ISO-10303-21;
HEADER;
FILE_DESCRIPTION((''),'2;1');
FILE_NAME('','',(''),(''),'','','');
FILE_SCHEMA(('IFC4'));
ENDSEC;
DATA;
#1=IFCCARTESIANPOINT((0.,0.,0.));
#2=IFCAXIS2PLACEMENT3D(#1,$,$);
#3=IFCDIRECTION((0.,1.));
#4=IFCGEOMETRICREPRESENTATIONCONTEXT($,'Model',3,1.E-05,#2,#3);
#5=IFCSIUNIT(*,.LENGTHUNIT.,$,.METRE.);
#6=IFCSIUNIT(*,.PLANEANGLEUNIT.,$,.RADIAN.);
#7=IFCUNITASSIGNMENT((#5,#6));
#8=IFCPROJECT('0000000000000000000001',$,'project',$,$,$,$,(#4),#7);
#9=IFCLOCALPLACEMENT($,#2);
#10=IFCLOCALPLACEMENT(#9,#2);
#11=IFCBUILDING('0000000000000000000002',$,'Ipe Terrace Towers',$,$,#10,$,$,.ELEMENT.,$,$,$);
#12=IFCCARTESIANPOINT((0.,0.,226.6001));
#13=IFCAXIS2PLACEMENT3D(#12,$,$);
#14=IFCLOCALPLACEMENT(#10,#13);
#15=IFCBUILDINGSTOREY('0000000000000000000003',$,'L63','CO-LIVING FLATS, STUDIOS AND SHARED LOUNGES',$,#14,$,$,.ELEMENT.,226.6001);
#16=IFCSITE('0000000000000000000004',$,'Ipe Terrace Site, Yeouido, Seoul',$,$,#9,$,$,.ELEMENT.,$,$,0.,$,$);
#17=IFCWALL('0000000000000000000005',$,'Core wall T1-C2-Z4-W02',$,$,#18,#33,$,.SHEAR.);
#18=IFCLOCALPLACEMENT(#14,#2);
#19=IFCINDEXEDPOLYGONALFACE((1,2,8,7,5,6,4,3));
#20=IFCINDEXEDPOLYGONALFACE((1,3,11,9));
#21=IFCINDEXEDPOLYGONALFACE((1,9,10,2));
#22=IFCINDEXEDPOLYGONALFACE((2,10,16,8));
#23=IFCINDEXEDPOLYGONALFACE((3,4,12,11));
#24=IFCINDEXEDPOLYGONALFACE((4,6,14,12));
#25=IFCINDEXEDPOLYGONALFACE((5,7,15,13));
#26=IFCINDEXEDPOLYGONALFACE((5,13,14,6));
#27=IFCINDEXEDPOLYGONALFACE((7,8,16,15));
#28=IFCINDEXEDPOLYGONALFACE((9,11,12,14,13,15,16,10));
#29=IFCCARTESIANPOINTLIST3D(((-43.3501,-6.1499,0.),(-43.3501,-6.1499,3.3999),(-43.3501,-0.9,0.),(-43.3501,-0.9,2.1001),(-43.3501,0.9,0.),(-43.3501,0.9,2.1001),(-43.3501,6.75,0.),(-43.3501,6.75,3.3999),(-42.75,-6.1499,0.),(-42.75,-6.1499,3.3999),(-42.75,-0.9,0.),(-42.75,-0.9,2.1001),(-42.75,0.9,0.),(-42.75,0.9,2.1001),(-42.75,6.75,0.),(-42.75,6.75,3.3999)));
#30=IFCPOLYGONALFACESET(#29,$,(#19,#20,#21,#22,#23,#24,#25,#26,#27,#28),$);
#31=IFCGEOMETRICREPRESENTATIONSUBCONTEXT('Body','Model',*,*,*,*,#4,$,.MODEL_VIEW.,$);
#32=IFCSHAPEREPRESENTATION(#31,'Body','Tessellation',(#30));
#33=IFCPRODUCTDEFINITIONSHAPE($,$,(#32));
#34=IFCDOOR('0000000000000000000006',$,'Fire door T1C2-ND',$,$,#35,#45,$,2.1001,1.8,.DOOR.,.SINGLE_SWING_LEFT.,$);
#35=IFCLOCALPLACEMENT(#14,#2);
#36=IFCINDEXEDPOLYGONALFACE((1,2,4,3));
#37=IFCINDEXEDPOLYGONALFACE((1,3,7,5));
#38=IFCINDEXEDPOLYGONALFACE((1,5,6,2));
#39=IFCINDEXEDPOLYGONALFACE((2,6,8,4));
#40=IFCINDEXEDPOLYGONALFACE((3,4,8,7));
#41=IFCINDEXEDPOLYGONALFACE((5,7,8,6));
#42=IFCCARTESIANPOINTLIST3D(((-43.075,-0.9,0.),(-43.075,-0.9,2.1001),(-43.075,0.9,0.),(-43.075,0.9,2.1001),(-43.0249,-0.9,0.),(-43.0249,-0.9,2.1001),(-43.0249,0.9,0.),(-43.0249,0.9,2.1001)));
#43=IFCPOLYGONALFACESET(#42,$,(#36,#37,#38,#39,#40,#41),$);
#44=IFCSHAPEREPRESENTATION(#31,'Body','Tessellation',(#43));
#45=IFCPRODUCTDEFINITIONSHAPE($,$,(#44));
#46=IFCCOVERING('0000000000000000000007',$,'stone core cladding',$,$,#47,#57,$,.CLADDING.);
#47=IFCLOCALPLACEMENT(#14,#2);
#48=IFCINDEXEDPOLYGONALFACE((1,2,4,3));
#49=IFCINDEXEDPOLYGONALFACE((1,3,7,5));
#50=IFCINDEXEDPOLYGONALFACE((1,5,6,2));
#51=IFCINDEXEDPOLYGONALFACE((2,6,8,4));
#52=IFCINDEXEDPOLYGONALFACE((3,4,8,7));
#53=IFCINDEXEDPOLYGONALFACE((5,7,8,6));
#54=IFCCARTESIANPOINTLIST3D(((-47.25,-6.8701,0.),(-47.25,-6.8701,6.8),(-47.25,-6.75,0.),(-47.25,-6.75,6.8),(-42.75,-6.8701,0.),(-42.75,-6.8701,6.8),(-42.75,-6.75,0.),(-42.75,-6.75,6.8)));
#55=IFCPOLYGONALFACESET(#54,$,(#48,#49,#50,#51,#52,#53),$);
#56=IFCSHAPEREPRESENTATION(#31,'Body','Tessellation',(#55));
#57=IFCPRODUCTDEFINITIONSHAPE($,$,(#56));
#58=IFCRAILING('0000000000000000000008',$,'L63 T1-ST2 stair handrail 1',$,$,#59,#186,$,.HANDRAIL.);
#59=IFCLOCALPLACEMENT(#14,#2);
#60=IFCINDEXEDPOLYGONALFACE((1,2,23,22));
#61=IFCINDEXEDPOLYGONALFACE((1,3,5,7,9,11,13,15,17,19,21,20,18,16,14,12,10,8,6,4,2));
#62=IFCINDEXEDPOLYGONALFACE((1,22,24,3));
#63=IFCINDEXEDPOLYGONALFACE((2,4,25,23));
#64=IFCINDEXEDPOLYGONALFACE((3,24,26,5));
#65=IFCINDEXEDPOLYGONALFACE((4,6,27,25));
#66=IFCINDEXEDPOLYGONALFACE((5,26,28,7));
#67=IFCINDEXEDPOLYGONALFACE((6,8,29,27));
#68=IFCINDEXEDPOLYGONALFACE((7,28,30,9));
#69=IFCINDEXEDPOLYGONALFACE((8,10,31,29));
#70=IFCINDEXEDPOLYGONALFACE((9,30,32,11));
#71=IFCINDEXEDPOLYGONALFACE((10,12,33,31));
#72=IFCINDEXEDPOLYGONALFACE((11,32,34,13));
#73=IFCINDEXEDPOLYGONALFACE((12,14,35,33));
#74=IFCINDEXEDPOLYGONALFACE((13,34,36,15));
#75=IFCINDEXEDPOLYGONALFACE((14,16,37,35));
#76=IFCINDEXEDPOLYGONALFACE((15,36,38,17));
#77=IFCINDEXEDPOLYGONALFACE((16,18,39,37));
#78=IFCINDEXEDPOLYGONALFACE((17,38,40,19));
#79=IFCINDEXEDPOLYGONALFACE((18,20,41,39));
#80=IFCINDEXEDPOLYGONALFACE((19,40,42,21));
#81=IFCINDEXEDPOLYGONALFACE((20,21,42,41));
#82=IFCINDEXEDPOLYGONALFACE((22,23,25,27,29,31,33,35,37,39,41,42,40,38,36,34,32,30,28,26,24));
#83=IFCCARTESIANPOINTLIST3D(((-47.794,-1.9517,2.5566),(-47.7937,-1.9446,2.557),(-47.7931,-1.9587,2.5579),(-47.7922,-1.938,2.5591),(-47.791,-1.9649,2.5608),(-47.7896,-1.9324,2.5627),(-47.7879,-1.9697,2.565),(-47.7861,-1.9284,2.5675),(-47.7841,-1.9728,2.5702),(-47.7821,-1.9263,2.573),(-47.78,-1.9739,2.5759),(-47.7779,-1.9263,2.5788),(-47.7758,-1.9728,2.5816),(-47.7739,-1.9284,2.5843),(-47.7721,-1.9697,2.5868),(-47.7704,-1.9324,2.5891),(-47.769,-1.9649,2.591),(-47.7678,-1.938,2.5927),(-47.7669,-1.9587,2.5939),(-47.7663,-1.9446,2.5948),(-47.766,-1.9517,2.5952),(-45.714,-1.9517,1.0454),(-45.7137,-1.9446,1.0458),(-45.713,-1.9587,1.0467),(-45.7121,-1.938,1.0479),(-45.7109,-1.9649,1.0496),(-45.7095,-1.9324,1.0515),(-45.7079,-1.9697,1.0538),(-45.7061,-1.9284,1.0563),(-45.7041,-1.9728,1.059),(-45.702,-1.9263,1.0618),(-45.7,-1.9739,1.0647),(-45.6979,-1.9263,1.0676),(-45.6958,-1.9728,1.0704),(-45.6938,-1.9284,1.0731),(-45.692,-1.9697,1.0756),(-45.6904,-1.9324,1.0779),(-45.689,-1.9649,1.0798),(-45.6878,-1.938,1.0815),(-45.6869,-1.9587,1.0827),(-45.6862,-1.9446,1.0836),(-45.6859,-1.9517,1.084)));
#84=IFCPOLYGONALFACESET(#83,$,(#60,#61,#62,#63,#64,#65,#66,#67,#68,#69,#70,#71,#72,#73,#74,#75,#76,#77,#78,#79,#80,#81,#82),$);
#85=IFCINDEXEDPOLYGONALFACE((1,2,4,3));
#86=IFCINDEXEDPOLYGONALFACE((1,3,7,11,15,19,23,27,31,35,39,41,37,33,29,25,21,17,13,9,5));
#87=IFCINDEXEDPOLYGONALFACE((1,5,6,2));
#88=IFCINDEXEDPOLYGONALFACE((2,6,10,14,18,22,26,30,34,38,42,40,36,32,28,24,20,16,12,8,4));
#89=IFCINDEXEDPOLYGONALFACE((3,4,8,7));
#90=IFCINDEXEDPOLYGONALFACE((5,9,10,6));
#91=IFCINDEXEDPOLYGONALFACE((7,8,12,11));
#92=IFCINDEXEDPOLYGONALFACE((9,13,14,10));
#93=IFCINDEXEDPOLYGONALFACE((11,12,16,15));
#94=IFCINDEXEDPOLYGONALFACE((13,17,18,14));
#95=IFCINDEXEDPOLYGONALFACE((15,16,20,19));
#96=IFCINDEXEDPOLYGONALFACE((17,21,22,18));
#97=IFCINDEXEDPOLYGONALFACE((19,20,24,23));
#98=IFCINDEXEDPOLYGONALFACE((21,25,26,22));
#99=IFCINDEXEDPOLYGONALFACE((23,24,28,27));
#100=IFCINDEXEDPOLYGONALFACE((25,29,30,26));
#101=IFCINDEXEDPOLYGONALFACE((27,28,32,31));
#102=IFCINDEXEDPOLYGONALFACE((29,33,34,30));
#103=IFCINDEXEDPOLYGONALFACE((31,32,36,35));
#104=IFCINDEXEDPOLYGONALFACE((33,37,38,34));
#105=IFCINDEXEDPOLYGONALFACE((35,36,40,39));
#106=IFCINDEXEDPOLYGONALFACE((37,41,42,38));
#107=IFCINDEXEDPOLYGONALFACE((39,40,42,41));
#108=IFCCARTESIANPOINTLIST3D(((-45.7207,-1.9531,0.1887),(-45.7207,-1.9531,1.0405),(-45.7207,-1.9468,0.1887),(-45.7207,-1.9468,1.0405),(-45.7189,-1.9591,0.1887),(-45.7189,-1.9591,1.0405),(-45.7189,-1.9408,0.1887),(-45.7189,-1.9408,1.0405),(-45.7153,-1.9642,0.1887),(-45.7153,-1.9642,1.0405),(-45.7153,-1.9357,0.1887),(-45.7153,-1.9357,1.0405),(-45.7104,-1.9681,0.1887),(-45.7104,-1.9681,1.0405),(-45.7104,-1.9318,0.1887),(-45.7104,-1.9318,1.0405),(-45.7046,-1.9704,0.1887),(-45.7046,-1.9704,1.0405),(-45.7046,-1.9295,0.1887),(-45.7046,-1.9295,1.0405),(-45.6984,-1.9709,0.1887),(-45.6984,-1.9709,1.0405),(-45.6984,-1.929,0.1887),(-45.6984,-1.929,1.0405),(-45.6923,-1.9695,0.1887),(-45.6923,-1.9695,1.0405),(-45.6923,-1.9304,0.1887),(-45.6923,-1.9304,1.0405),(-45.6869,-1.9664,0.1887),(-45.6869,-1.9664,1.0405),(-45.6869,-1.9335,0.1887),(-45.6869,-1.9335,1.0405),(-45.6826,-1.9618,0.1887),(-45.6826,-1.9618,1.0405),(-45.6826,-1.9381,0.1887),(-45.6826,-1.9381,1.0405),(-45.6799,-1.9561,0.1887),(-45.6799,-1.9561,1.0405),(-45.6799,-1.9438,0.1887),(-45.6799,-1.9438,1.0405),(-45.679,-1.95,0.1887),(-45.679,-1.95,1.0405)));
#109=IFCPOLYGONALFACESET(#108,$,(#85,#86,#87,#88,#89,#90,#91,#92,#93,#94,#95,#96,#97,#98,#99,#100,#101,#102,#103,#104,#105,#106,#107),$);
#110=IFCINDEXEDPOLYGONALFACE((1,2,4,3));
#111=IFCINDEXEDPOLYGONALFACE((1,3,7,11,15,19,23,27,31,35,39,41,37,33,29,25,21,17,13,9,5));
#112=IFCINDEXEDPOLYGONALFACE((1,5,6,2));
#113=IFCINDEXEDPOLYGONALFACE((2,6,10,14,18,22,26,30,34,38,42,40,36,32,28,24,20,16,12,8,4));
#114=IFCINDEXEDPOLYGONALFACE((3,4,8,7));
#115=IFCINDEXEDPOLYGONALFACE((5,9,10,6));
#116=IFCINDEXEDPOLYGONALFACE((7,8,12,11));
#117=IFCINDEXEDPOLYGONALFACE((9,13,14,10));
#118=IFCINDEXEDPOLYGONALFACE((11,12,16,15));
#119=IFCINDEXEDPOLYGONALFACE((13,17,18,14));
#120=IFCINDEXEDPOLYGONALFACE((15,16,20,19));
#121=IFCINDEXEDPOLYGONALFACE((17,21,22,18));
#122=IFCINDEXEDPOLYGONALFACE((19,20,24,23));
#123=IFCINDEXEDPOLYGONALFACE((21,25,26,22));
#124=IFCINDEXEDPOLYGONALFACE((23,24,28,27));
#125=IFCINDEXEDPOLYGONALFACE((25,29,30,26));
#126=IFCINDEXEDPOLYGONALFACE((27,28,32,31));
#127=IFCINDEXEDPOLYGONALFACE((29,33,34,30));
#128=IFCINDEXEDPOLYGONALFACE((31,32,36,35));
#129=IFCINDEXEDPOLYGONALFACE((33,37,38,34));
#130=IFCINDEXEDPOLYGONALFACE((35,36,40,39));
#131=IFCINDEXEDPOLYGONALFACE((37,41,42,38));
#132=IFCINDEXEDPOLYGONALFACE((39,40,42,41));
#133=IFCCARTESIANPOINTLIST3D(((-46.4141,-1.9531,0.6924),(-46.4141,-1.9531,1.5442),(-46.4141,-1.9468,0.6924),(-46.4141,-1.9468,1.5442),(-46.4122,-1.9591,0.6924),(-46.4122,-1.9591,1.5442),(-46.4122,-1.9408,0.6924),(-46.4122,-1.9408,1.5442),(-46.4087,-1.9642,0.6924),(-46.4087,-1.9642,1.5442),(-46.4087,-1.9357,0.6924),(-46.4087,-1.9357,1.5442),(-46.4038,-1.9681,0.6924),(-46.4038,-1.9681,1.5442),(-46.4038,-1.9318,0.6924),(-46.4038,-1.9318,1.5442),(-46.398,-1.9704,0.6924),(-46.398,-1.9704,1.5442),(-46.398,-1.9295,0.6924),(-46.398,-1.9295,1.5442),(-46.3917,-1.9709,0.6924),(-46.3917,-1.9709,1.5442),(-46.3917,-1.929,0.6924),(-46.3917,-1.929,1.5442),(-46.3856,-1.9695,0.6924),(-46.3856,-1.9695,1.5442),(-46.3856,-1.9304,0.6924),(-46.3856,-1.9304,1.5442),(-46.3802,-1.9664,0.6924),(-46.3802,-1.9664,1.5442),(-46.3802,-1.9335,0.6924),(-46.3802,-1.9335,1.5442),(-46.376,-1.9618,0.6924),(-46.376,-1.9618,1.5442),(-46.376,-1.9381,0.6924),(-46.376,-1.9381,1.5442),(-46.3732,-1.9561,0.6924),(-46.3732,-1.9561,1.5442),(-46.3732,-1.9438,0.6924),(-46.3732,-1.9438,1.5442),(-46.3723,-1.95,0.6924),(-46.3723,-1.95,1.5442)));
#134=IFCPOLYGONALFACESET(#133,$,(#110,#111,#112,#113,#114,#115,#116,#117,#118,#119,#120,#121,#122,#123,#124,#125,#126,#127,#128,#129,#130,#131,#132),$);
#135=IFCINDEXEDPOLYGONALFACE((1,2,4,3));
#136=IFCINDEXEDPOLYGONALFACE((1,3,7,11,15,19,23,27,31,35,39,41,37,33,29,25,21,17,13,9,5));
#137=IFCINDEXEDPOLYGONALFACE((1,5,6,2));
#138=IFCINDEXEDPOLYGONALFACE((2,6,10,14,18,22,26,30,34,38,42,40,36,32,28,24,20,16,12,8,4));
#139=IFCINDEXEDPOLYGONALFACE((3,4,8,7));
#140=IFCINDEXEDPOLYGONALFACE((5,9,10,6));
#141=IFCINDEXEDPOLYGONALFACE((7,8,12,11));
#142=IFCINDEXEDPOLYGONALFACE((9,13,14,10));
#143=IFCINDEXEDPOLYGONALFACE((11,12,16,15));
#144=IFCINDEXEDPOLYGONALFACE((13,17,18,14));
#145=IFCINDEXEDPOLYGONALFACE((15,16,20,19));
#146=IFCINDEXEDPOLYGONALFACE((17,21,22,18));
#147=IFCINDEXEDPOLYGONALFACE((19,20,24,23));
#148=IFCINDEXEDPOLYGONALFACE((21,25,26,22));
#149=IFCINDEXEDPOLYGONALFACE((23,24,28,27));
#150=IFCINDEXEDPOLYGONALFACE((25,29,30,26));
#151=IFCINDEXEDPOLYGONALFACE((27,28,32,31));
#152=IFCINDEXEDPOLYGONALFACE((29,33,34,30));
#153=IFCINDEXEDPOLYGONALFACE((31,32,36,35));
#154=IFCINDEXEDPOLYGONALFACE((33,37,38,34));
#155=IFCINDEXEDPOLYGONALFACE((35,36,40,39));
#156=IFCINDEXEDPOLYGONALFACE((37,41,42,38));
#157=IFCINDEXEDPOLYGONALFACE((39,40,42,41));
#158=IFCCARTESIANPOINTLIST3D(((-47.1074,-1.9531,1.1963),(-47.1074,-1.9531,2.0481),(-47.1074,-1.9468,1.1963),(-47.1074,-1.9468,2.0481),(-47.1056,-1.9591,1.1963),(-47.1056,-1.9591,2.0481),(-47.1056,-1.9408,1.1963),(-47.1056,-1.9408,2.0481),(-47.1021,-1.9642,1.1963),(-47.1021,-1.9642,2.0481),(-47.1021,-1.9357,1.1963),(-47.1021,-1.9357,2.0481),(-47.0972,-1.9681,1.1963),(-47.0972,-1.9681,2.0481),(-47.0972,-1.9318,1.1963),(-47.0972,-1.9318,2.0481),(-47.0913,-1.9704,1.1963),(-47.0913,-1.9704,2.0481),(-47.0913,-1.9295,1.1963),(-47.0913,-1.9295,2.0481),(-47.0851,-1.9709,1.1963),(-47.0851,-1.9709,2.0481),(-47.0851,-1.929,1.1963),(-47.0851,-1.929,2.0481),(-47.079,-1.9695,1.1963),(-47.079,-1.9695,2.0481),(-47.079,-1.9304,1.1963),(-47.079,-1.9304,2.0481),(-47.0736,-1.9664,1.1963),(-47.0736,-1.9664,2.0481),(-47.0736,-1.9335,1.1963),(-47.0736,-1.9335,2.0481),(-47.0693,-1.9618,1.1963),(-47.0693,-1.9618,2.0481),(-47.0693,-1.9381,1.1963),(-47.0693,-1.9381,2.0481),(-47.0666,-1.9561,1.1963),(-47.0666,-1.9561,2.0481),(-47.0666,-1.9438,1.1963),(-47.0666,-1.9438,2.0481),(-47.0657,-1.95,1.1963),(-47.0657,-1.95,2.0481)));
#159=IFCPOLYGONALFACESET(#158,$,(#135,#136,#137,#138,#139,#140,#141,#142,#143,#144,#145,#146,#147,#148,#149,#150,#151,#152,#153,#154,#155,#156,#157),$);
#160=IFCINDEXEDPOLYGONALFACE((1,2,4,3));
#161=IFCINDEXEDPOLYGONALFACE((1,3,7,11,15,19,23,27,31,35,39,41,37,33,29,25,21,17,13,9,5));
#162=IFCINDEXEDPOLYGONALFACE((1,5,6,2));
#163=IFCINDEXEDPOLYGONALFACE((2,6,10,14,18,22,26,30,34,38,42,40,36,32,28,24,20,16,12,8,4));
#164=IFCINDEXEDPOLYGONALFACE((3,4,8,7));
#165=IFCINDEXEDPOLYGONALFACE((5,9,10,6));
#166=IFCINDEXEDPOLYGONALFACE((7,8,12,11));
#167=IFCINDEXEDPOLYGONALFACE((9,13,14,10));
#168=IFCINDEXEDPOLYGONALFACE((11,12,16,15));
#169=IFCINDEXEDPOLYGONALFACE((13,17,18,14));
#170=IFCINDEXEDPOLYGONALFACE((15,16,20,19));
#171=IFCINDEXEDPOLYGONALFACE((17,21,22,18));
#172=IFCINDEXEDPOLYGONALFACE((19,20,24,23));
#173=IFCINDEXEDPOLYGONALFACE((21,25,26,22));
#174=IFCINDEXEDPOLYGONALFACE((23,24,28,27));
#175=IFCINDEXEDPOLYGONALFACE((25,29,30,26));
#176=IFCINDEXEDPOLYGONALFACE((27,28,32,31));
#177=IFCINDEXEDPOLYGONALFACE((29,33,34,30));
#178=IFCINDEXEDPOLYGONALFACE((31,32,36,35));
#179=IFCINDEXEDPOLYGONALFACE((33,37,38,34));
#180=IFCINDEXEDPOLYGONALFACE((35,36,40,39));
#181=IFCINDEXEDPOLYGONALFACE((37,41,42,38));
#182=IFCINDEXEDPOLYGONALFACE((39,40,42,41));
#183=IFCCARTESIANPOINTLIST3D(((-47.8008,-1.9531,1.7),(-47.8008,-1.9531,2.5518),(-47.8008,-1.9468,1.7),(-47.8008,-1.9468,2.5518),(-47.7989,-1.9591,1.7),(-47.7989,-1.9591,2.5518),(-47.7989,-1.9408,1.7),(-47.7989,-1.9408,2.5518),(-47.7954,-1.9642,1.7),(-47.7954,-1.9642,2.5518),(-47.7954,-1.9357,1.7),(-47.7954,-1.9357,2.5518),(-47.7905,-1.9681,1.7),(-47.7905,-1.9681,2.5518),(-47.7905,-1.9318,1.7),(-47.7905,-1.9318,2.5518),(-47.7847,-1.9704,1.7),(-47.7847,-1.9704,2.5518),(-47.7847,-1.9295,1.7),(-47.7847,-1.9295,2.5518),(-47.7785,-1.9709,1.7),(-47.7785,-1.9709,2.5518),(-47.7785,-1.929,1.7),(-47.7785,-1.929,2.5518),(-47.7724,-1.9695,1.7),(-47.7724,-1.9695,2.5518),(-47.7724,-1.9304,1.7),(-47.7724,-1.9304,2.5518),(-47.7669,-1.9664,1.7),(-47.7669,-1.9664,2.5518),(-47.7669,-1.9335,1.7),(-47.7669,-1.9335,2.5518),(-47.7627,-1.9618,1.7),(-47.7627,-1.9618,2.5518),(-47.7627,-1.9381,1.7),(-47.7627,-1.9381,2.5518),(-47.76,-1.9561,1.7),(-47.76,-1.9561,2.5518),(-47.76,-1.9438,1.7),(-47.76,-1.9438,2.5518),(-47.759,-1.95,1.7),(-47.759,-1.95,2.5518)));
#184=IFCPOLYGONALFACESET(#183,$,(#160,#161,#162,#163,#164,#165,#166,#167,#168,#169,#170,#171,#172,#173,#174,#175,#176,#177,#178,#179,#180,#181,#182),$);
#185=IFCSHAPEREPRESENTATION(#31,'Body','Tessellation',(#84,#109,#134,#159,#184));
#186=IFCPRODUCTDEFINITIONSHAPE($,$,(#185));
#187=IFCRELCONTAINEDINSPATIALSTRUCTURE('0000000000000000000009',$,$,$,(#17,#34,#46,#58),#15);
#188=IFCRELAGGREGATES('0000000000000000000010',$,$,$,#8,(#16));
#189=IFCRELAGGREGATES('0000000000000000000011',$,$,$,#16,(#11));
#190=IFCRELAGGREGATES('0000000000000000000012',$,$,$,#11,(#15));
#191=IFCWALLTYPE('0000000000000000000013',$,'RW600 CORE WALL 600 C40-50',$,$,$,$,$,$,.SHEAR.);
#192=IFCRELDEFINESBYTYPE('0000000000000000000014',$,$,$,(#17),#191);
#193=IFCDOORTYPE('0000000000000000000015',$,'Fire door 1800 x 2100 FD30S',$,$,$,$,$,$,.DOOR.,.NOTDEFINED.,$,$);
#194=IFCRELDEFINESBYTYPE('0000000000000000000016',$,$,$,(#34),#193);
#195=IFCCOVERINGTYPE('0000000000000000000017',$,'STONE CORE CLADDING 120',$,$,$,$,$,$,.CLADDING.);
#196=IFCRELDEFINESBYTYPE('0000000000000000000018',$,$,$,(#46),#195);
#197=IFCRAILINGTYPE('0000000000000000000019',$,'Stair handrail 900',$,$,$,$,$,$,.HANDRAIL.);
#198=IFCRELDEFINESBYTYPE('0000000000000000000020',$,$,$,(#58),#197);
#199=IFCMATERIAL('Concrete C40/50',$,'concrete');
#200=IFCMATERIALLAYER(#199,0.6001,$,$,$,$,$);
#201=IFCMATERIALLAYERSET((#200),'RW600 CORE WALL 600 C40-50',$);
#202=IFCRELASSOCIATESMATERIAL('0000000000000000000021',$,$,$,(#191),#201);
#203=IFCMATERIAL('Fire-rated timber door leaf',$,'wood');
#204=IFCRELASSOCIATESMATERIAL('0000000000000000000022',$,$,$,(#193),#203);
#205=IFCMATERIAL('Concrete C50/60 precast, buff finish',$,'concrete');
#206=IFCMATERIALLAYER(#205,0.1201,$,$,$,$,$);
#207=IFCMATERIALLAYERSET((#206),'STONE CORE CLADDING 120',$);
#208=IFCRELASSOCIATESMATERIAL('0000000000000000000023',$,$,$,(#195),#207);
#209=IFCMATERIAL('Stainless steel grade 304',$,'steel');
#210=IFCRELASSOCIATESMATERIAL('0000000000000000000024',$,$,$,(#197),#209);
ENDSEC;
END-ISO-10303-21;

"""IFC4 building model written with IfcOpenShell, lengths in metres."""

from ifc_helpers import new_model, si_unit, direction, frame, frame_2d, origin, origin_2d, place, context, subcontext, project, spatial, rectangle, circle, extrude, material, layer, layer_set, type_object, element, fill, save


model = new_model("IFC4")

# Units and contexts
model_context = context("Model", 3, precision=1e-05, world=origin(), true_north=direction((0.0, 1.0)))
body_context = subcontext(model_context, "Body", "Model", "MODEL_VIEW")
ifc_project = project(units=[si_unit("LENGTHUNIT", "METRE"), si_unit("PLANEANGLEUNIT", "RADIAN")], contexts=[model_context])

# Site, building, storey
site_placement = place(None, origin())
site = spatial("IfcSite", under=ifc_project, at=site_placement, Name="Ipe Terrace Site, Yeouido, Seoul", CompositionType="ELEMENT", RefElevation=0.0)
building_placement = place(site_placement, origin())
building = spatial("IfcBuilding", under=site, at=building_placement, Name="Ipe Terrace Towers", CompositionType="ELEMENT")
storey_placement = place(building_placement, frame((0.0, 0.0, 226.6001)))
storey = spatial("IfcBuildingStorey", under=building, at=storey_placement, Name="L63", Description="CO-LIVING FLATS, STUDIOS AND SHARED LOUNGES", CompositionType="ELEMENT", Elevation=226.6001)

# Shared definitions
ifc_material_1 = material(Name="Concrete C40/50", Category="concrete")
ifc_layer_1 = layer(ifc_material_1, 0.6001)
ifc_layer_set_1 = layer_set([ifc_layer_1], Name="RW600 CORE WALL 600 C40-50")
wall_type_1 = type_object("IfcWallType", Name="RW600 CORE WALL 600 C40-50", PredefinedType="SHEAR", material=ifc_layer_set_1)

# Wall, opening, door
wall_1_placement = place(storey_placement, frame((-43.05, -6.1499, 0.0), z_axis=(0.0, 0.0, 1.0), x_axis=(0.0, 1.0, 0.0)))
wall_1 = element("IfcWall", 1, at=wall_1_placement, inside=storey, type_object=wall_type_1, Name="Core wall T1-C2-Z4-W02", PredefinedType="SHEAR", context=body_context, shape_type="SweptSolid", body=[
    extrude(rectangle(XDim=12.8999, YDim=0.6001, at=frame_2d((6.45, 0.0))), origin(), (0.0, 0.0, 1.0), 3.3999),
])
opening_1_placement = place(wall_1_placement, frame((5.25, 0.0, 0.0)))
opening_1 = element("IfcOpeningElement", 2, at=opening_1_placement, cuts=wall_1, PredefinedType="OPENING", context=body_context, shape_type="SweptSolid", body=[
    extrude(rectangle(XDim=1.8, YDim=2.1001, at=frame_2d((0.8999, 1.05))), frame((0.0, 0.3101, 0.0), z_axis=(0.0, -1.0, 0.0), x_axis=(1.0, 0.0, 0.0)), (0.0, 0.0, 1.0), 0.6201),
])
ifc_material_2 = material(Name="Fire-rated timber door leaf", Category="wood")
door_type_1 = type_object("IfcDoorType", Name="Fire door 1800 x 2100 FD30S", OperationType="NOTDEFINED", PredefinedType="DOOR", material=ifc_material_2)
door_1_placement = place(opening_1_placement, origin())
door_1 = element("IfcDoor", 3, at=door_1_placement, inside=storey, type_object=door_type_1, Name="Fire door T1C2-ND", OperationType="SINGLE_SWING_LEFT", OverallHeight=2.1001, OverallWidth=1.8, PredefinedType="DOOR", context=body_context, shape_type="SweptSolid", body=[
    extrude(rectangle(XDim=1.8, YDim=2.1001, at=frame_2d((0.8999, 1.05))), frame((0.0, 0.0249, 0.0), z_axis=(0.0, -1.0, 0.0), x_axis=(1.0, 0.0, 0.0)), (0.0, 0.0, 1.0), 0.05),
])
fill(opening_1, door_1)

# Covering
ifc_material_3 = material(Name="Concrete C50/60 precast, buff finish", Category="concrete")
ifc_layer_2 = layer(ifc_material_3, 0.1201)
ifc_layer_set_2 = layer_set([ifc_layer_2], Name="STONE CORE CLADDING 120")
covering_type = type_object("IfcCoveringType", Name="STONE CORE CLADDING 120", PredefinedType="CLADDING", material=ifc_layer_set_2)
covering_placement = place(storey_placement, frame((-45.0, -6.8101, 0.0), z_axis=(0.0, 0.0, 1.0), x_axis=(1.0, 0.0, 0.0)))
element("IfcCovering", 4, at=covering_placement, inside=storey, type_object=covering_type, Name="stone core cladding", PredefinedType="CLADDING", context=body_context, shape_type="SweptSolid", body=[
    extrude(rectangle(XDim=4.5, YDim=0.1201, at=origin_2d()), origin(), (0.0, 0.0, 1.0), 6.8),
])

# Railing
ifc_material_4 = material(Name="Stainless steel grade 304", Category="steel")
railing_type_1 = type_object("IfcRailingType", Name="Stair handrail 900", PredefinedType="HANDRAIL", material=ifc_material_4)
railing_1_placement = place(storey_placement, frame((-45.7, -1.95, 0.1887)))
element("IfcRailing", 5, at=railing_1_placement, inside=storey, type_object=railing_type_1, Name="L63 T1-ST2 stair handrail 1", PredefinedType="HANDRAIL", context=body_context, shape_type="SweptSolid", body=[
    extrude(circle(Radius=0.0239, at=origin_2d()), frame((0.0, 0.0, 0.876), z_axis=(-0.809023, 0.0, 0.587776), x_axis=(0.0, -1.0, 0.0)), (0.0, 0.0, 1.0), 2.571),
    extrude(circle(Radius=0.021, at=origin_2d()), origin(), (0.0, 0.0, 1.0), 0.8518),
    extrude(circle(Radius=0.021, at=origin_2d()), frame((-0.6934, 0.0, 0.5037)), (0.0, 0.0, 1.0), 0.8518),
    extrude(circle(Radius=0.021, at=origin_2d()), frame((-1.3867, 0.0, 1.0076)), (0.0, 0.0, 1.0), 0.8518),
    extrude(circle(Radius=0.021, at=origin_2d()), frame((-2.0801, 0.0, 1.5112)), (0.0, 0.0, 1.0), 0.8518),
])

save(model, "model.ifc")
